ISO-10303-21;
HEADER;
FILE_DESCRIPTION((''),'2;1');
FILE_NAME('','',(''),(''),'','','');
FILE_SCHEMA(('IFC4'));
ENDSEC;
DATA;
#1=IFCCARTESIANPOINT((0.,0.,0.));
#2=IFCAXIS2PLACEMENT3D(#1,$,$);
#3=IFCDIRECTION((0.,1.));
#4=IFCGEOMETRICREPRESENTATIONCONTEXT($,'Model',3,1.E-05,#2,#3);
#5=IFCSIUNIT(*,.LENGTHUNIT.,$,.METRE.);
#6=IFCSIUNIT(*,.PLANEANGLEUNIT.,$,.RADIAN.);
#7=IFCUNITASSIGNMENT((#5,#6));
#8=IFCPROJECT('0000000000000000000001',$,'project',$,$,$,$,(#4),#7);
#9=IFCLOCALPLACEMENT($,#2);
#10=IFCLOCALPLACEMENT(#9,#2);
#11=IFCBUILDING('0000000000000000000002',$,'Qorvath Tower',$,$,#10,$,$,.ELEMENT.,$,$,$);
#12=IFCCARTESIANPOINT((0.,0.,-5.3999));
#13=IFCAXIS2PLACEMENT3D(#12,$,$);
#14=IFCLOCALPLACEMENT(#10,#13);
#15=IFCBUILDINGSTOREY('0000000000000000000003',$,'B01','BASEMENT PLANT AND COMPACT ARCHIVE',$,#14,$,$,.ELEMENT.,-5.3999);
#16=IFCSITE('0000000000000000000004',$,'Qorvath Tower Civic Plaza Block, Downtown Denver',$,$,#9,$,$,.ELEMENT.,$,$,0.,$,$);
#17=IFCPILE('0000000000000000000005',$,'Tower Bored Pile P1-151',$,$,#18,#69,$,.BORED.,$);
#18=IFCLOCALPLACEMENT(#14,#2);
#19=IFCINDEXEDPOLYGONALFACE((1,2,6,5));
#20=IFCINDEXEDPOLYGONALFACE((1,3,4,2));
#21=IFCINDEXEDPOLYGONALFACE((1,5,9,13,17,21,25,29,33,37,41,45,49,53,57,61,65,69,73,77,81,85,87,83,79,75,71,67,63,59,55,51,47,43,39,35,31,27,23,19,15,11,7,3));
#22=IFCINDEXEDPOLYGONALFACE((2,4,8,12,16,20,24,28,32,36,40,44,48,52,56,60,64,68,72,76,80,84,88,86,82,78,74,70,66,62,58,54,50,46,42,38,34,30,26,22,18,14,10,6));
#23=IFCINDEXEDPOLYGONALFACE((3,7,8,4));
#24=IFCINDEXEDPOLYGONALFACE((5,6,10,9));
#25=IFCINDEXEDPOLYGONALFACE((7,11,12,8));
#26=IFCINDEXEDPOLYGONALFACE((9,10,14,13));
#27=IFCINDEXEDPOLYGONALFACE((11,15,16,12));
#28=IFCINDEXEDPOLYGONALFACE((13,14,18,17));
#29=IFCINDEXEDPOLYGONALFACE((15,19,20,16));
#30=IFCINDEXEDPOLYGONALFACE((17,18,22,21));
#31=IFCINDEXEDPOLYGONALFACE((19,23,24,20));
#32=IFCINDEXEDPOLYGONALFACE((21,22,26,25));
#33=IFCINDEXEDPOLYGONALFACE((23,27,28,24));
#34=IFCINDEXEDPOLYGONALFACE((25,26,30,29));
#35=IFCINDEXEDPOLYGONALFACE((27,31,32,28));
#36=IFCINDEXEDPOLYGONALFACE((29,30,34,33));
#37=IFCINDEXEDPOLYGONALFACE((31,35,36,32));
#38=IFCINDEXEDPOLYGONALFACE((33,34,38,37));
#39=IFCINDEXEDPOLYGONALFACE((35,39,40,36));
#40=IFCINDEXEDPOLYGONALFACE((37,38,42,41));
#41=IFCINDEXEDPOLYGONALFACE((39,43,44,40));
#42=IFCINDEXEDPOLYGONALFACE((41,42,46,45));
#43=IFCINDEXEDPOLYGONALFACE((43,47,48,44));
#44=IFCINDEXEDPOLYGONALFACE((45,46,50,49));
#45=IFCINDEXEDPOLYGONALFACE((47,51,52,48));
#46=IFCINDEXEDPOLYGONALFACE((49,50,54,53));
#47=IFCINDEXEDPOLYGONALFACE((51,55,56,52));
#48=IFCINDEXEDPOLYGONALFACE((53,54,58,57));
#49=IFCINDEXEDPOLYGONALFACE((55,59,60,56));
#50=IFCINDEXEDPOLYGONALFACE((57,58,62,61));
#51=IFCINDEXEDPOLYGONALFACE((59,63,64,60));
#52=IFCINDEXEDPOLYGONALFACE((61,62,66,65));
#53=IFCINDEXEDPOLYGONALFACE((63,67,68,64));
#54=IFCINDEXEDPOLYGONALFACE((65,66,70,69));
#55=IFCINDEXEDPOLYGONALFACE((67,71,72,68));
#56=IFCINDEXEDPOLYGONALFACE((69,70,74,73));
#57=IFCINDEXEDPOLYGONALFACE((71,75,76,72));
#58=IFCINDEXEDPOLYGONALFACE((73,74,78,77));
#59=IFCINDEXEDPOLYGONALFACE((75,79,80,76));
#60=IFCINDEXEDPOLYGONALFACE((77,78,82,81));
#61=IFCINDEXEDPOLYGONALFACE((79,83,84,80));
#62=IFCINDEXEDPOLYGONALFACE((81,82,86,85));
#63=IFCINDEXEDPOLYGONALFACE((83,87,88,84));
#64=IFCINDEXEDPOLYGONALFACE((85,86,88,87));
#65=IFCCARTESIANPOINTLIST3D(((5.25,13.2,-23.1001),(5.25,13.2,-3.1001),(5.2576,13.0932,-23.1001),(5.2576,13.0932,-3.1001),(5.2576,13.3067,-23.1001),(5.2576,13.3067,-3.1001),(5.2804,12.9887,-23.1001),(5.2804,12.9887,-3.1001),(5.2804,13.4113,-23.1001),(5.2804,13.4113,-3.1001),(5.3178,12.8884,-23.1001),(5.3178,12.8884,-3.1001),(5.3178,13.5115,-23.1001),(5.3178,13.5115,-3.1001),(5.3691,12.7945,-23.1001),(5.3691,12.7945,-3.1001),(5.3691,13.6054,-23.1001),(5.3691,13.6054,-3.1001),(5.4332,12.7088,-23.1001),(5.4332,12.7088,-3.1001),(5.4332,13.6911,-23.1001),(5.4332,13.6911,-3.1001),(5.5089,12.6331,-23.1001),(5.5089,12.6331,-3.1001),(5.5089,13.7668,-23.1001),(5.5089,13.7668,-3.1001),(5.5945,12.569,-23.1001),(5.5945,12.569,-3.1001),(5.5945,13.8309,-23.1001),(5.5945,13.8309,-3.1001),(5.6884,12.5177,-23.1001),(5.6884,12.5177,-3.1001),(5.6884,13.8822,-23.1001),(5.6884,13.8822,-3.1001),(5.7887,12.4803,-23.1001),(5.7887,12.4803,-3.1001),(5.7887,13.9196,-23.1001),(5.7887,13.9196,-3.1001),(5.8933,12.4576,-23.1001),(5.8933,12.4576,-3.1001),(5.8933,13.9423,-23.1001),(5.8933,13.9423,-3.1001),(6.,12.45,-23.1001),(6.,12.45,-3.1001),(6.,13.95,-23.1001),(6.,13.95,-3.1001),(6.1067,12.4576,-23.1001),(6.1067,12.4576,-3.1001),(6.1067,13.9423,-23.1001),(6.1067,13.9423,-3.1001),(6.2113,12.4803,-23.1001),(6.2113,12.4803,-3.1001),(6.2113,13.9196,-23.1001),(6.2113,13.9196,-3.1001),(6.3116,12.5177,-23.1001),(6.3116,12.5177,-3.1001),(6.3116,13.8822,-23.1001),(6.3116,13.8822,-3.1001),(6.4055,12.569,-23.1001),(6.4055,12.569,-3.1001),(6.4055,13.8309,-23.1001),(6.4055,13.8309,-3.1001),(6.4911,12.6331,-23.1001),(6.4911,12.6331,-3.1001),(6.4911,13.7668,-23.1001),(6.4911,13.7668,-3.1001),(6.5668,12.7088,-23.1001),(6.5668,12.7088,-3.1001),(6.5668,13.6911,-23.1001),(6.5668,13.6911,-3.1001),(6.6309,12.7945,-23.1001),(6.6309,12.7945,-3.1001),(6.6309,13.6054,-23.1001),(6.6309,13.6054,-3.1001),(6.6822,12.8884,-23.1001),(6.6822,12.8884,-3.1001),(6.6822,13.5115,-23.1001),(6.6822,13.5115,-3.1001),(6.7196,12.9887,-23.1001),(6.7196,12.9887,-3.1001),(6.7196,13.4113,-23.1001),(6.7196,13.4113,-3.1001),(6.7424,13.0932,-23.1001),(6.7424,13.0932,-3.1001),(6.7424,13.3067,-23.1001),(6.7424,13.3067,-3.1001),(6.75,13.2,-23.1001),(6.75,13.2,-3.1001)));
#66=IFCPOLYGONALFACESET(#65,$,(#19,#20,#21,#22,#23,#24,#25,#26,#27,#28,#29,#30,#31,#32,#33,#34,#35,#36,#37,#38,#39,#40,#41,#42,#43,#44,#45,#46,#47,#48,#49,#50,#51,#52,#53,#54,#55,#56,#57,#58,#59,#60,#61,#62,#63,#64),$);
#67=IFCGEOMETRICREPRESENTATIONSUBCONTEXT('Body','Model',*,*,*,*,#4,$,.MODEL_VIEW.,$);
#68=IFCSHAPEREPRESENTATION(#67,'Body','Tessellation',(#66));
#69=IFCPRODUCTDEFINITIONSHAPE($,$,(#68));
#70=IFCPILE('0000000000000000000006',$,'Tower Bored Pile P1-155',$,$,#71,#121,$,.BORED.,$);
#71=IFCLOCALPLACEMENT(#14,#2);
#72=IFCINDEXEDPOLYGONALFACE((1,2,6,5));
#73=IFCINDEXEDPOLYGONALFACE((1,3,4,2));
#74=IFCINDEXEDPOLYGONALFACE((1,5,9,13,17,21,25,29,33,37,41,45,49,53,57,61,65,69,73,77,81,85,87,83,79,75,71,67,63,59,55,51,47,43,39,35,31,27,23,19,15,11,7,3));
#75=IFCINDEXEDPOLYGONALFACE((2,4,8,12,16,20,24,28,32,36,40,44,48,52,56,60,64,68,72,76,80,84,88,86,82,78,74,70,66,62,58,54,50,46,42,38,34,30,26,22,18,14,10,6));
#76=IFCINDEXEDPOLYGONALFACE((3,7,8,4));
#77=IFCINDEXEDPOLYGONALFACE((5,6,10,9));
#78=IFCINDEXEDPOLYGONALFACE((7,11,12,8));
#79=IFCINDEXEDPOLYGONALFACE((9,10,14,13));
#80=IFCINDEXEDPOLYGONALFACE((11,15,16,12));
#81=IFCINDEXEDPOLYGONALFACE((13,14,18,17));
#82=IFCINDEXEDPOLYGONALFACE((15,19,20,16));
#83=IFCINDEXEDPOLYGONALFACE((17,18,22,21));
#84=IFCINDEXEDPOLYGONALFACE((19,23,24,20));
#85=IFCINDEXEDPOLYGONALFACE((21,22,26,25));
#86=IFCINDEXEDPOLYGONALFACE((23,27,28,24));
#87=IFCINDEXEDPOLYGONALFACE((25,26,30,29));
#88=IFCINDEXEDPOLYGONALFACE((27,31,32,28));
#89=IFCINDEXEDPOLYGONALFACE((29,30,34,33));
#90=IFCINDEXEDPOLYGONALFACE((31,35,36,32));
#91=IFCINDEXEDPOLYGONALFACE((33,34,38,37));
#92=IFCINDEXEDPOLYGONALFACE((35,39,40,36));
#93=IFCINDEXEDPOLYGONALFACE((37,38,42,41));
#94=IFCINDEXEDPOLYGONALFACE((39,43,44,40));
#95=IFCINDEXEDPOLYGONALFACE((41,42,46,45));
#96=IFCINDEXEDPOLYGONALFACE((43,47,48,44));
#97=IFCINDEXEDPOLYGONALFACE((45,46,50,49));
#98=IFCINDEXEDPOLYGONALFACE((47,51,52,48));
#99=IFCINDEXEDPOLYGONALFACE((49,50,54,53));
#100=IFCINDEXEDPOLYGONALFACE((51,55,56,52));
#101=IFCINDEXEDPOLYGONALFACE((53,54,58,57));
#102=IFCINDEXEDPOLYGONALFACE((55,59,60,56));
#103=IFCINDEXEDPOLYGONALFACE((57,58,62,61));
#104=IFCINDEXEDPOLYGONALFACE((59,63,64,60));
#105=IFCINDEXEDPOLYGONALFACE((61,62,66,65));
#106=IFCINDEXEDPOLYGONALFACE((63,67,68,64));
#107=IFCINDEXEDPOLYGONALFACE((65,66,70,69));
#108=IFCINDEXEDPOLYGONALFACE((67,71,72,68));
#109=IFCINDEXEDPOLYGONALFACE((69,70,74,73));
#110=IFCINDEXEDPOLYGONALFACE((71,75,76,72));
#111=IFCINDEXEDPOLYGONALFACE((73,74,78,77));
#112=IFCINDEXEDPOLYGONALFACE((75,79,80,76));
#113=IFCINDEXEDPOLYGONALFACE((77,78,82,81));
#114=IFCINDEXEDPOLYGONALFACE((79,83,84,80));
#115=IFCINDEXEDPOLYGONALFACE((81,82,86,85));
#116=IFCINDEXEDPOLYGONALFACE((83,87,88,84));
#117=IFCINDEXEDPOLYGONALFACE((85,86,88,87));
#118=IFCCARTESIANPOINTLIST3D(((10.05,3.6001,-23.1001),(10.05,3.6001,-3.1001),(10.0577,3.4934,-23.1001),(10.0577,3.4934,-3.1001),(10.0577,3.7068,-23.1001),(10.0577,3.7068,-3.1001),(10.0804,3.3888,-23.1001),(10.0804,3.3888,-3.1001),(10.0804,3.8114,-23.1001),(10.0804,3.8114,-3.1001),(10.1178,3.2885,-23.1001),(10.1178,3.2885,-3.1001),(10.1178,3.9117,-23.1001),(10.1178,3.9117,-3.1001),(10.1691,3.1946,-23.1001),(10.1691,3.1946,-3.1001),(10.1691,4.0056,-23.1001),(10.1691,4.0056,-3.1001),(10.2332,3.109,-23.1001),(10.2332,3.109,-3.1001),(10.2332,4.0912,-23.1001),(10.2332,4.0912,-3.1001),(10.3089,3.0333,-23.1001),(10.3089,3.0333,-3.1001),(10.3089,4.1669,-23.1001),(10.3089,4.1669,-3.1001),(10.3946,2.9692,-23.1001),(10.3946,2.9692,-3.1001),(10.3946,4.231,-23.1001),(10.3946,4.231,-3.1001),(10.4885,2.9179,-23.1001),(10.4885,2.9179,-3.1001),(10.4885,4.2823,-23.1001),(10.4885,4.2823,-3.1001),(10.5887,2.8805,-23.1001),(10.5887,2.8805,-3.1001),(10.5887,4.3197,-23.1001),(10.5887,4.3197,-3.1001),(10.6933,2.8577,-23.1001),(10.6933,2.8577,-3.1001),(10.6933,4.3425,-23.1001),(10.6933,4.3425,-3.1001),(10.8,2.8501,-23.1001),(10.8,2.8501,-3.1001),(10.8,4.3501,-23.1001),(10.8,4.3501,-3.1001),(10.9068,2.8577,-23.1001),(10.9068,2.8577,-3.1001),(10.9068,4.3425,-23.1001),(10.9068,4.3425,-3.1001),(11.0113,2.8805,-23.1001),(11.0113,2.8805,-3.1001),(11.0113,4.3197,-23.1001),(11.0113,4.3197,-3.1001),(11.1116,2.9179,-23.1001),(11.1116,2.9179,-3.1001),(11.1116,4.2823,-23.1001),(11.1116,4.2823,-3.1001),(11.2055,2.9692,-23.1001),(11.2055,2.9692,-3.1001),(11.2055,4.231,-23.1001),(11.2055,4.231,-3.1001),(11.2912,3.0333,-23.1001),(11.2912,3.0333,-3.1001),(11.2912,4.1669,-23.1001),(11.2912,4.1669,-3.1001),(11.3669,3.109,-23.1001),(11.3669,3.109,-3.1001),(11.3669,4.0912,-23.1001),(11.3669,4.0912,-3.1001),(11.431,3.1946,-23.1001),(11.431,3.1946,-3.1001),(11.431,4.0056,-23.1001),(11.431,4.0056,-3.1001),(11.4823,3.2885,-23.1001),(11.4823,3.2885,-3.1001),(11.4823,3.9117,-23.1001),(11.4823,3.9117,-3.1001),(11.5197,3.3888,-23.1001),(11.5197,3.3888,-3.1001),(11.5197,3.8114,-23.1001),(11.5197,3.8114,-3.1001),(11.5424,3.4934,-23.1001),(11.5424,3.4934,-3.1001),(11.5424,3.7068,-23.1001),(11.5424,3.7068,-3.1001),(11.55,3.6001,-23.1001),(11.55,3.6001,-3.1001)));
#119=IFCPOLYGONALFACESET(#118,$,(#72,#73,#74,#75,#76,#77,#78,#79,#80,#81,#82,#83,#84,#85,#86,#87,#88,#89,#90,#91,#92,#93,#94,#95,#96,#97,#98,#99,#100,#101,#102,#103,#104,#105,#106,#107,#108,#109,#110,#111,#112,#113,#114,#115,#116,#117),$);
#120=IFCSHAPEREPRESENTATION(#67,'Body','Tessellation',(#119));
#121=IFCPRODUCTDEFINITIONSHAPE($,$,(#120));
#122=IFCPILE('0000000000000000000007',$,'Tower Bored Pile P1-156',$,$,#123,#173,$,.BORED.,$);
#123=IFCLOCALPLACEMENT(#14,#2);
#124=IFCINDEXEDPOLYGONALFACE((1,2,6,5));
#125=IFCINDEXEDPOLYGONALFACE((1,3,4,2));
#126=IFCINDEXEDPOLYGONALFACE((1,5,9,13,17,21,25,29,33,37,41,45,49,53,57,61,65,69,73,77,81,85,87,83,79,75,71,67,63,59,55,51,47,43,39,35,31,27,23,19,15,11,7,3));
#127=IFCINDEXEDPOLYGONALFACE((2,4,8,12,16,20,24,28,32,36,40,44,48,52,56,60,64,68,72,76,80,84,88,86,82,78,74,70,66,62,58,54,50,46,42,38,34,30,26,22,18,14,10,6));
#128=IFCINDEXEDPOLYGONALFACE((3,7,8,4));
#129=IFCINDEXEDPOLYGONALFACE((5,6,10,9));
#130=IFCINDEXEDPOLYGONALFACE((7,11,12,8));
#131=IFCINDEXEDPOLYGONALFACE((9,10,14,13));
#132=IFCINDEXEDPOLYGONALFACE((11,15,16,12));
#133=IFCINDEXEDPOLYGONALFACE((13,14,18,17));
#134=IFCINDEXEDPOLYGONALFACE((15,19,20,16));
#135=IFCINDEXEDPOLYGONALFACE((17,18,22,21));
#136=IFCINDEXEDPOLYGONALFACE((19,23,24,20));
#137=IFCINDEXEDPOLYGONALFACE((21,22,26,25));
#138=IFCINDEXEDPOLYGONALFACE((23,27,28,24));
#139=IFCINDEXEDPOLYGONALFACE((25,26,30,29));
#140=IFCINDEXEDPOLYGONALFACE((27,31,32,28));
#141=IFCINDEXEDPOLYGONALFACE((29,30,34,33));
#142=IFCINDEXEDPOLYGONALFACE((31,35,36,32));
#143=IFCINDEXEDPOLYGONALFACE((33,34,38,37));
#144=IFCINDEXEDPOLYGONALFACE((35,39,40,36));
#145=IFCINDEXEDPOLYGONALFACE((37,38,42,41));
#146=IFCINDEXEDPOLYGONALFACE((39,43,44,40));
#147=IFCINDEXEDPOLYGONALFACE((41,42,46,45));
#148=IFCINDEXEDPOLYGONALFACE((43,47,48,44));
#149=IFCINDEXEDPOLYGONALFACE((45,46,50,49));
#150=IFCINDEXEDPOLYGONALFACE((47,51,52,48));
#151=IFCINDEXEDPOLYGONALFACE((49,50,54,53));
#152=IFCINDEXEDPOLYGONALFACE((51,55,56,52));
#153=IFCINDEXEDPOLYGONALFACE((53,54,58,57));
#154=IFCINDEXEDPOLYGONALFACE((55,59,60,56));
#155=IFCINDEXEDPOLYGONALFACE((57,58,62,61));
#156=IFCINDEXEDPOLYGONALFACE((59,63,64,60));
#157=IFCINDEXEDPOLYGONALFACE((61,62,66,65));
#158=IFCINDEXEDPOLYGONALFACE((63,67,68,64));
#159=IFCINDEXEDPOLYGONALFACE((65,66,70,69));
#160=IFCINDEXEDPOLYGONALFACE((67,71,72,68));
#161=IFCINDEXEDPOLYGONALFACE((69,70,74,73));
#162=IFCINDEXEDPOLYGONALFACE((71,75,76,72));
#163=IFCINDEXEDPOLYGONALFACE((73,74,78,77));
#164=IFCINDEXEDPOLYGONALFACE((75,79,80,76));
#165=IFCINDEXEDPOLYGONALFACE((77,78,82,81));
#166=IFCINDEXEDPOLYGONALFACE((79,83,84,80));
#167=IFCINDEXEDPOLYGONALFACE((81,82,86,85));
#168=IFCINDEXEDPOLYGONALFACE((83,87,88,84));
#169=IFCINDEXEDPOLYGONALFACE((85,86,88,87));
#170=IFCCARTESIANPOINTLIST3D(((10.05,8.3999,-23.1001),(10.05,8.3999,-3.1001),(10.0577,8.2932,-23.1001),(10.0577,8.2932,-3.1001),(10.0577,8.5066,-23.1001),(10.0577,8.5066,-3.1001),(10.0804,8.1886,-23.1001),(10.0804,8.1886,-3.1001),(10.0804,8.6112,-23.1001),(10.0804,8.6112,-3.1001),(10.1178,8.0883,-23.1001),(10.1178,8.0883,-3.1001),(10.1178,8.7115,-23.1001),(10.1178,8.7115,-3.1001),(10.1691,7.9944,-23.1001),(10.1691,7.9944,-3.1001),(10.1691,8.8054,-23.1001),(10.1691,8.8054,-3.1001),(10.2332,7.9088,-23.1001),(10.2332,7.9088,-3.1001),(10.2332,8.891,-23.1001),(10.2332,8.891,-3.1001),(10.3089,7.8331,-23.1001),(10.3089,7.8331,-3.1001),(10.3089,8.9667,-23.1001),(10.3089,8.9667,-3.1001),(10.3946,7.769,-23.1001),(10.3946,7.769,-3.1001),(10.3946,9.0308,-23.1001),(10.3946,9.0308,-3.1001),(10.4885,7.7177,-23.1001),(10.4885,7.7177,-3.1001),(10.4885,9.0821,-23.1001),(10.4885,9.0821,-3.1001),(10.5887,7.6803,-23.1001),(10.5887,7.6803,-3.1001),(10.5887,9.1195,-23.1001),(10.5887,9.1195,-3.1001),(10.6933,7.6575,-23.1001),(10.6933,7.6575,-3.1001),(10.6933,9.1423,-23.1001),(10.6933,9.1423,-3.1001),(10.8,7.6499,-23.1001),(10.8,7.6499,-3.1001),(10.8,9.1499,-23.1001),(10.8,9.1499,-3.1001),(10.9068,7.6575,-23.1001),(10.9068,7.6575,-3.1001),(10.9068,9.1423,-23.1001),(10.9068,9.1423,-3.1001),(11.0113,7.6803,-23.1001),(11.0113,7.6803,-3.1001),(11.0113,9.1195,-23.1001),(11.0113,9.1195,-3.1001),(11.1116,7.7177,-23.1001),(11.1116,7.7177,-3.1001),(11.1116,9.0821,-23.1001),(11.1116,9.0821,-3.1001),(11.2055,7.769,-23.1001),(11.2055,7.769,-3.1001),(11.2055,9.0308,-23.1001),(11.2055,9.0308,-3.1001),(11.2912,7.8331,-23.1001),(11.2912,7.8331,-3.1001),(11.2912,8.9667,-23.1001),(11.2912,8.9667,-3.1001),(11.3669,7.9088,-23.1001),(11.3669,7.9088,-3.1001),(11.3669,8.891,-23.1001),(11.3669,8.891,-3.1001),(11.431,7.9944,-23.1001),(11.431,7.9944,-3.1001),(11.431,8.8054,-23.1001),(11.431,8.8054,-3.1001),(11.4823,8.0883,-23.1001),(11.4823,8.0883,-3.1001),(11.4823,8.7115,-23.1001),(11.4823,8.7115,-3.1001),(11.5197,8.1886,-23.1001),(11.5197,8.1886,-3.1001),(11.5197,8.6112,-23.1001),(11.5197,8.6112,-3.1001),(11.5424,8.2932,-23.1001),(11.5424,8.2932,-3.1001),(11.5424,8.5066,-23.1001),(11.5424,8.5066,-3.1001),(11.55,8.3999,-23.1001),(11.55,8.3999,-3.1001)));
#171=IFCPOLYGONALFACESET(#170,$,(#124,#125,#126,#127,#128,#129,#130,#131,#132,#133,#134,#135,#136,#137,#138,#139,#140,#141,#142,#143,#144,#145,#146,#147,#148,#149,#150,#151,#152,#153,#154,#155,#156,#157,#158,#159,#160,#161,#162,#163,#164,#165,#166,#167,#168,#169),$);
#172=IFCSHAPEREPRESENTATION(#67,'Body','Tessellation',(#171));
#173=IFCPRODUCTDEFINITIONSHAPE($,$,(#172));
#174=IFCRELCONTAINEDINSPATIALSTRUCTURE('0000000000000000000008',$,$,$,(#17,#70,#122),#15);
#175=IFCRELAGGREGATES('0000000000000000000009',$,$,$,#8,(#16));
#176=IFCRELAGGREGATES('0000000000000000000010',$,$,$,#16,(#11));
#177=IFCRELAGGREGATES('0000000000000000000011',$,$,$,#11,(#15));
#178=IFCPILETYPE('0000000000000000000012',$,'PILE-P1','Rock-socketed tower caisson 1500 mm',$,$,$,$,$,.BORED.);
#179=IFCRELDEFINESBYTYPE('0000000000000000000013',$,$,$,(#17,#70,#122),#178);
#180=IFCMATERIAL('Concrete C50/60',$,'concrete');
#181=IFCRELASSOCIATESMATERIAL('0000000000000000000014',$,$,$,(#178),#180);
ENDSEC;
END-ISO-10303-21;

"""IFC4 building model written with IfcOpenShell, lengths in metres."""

from ifc_helpers import new_model, si_unit, direction, frame, origin, origin_2d, place, context, subcontext, project, spatial, circle, extrude, material, material_profile, profile_set, type_object, element, save


model = new_model("IFC4")

# Units and contexts
model_context = context("Model", 3, precision=1e-05, world=origin(), true_north=direction((0.0, 1.0)))
body_context = subcontext(model_context, "Body", "Model", "MODEL_VIEW")
ifc_project = project(units=[si_unit("LENGTHUNIT", "METRE"), si_unit("PLANEANGLEUNIT", "RADIAN")], contexts=[model_context])

# Site, building, storey
site_placement = place(None, origin())
site = spatial("IfcSite", under=ifc_project, at=site_placement, Name="Qorvath Tower Civic Plaza Block, Downtown Denver", CompositionType="ELEMENT", RefElevation=0.0)
building_placement = place(site_placement, origin())
building = spatial("IfcBuilding", under=site, at=building_placement, Name="Qorvath Tower", CompositionType="ELEMENT")
storey_placement = place(building_placement, frame((0.0, 0.0, -5.3999)))
storey = spatial("IfcBuildingStorey", under=building, at=storey_placement, Name="B01", Description="BASEMENT PLANT AND COMPACT ARCHIVE", CompositionType="ELEMENT", Elevation=-5.3999)

# Piles
ifc_material_1 = material(Name="Concrete C50/60", Category="concrete")
ifc_material_profile_1 = material_profile(ifc_material_1, circle(Radius=0.75, at=origin_2d()), Name="BORED PILE 1500")
ifc_profile_set_1 = profile_set([ifc_material_profile_1], Name="Concrete C50/60")
pile_type_1 = type_object("IfcPileType", Name="PILE-P1", Description="Rock-socketed tower caisson 1500 mm", PredefinedType="BORED", material=ifc_profile_set_1)
for number, where, z_axis, x_axis, name in (
    (1, (6.0, 13.2, -3.1001), (0.0, 0.0, -1.0), (1.0, 0.0, 0.0), "Tower Bored Pile P1-151"),
    (2, (10.8, 3.6001, -3.1001), (0.0, 0.0, -1.0), (1.0, 0.0, 0.0), "Tower Bored Pile P1-155"),
    (3, (10.8, 8.3999, -3.1001), (0.0, 0.0, -1.0), (1.0, 0.0, 0.0), "Tower Bored Pile P1-156"),
):
    element("IfcPile", number, at=place(storey_placement, frame(where, z_axis=z_axis, x_axis=x_axis)), inside=storey, type_object=pile_type_1, Name=name, PredefinedType="BORED", context=body_context, shape_type="SweptSolid", body=[
        extrude(circle(Radius=0.75, at=origin_2d()), origin(), (0.0, 0.0, 1.0), 20.0),
    ])

save(model, "model.ifc")
